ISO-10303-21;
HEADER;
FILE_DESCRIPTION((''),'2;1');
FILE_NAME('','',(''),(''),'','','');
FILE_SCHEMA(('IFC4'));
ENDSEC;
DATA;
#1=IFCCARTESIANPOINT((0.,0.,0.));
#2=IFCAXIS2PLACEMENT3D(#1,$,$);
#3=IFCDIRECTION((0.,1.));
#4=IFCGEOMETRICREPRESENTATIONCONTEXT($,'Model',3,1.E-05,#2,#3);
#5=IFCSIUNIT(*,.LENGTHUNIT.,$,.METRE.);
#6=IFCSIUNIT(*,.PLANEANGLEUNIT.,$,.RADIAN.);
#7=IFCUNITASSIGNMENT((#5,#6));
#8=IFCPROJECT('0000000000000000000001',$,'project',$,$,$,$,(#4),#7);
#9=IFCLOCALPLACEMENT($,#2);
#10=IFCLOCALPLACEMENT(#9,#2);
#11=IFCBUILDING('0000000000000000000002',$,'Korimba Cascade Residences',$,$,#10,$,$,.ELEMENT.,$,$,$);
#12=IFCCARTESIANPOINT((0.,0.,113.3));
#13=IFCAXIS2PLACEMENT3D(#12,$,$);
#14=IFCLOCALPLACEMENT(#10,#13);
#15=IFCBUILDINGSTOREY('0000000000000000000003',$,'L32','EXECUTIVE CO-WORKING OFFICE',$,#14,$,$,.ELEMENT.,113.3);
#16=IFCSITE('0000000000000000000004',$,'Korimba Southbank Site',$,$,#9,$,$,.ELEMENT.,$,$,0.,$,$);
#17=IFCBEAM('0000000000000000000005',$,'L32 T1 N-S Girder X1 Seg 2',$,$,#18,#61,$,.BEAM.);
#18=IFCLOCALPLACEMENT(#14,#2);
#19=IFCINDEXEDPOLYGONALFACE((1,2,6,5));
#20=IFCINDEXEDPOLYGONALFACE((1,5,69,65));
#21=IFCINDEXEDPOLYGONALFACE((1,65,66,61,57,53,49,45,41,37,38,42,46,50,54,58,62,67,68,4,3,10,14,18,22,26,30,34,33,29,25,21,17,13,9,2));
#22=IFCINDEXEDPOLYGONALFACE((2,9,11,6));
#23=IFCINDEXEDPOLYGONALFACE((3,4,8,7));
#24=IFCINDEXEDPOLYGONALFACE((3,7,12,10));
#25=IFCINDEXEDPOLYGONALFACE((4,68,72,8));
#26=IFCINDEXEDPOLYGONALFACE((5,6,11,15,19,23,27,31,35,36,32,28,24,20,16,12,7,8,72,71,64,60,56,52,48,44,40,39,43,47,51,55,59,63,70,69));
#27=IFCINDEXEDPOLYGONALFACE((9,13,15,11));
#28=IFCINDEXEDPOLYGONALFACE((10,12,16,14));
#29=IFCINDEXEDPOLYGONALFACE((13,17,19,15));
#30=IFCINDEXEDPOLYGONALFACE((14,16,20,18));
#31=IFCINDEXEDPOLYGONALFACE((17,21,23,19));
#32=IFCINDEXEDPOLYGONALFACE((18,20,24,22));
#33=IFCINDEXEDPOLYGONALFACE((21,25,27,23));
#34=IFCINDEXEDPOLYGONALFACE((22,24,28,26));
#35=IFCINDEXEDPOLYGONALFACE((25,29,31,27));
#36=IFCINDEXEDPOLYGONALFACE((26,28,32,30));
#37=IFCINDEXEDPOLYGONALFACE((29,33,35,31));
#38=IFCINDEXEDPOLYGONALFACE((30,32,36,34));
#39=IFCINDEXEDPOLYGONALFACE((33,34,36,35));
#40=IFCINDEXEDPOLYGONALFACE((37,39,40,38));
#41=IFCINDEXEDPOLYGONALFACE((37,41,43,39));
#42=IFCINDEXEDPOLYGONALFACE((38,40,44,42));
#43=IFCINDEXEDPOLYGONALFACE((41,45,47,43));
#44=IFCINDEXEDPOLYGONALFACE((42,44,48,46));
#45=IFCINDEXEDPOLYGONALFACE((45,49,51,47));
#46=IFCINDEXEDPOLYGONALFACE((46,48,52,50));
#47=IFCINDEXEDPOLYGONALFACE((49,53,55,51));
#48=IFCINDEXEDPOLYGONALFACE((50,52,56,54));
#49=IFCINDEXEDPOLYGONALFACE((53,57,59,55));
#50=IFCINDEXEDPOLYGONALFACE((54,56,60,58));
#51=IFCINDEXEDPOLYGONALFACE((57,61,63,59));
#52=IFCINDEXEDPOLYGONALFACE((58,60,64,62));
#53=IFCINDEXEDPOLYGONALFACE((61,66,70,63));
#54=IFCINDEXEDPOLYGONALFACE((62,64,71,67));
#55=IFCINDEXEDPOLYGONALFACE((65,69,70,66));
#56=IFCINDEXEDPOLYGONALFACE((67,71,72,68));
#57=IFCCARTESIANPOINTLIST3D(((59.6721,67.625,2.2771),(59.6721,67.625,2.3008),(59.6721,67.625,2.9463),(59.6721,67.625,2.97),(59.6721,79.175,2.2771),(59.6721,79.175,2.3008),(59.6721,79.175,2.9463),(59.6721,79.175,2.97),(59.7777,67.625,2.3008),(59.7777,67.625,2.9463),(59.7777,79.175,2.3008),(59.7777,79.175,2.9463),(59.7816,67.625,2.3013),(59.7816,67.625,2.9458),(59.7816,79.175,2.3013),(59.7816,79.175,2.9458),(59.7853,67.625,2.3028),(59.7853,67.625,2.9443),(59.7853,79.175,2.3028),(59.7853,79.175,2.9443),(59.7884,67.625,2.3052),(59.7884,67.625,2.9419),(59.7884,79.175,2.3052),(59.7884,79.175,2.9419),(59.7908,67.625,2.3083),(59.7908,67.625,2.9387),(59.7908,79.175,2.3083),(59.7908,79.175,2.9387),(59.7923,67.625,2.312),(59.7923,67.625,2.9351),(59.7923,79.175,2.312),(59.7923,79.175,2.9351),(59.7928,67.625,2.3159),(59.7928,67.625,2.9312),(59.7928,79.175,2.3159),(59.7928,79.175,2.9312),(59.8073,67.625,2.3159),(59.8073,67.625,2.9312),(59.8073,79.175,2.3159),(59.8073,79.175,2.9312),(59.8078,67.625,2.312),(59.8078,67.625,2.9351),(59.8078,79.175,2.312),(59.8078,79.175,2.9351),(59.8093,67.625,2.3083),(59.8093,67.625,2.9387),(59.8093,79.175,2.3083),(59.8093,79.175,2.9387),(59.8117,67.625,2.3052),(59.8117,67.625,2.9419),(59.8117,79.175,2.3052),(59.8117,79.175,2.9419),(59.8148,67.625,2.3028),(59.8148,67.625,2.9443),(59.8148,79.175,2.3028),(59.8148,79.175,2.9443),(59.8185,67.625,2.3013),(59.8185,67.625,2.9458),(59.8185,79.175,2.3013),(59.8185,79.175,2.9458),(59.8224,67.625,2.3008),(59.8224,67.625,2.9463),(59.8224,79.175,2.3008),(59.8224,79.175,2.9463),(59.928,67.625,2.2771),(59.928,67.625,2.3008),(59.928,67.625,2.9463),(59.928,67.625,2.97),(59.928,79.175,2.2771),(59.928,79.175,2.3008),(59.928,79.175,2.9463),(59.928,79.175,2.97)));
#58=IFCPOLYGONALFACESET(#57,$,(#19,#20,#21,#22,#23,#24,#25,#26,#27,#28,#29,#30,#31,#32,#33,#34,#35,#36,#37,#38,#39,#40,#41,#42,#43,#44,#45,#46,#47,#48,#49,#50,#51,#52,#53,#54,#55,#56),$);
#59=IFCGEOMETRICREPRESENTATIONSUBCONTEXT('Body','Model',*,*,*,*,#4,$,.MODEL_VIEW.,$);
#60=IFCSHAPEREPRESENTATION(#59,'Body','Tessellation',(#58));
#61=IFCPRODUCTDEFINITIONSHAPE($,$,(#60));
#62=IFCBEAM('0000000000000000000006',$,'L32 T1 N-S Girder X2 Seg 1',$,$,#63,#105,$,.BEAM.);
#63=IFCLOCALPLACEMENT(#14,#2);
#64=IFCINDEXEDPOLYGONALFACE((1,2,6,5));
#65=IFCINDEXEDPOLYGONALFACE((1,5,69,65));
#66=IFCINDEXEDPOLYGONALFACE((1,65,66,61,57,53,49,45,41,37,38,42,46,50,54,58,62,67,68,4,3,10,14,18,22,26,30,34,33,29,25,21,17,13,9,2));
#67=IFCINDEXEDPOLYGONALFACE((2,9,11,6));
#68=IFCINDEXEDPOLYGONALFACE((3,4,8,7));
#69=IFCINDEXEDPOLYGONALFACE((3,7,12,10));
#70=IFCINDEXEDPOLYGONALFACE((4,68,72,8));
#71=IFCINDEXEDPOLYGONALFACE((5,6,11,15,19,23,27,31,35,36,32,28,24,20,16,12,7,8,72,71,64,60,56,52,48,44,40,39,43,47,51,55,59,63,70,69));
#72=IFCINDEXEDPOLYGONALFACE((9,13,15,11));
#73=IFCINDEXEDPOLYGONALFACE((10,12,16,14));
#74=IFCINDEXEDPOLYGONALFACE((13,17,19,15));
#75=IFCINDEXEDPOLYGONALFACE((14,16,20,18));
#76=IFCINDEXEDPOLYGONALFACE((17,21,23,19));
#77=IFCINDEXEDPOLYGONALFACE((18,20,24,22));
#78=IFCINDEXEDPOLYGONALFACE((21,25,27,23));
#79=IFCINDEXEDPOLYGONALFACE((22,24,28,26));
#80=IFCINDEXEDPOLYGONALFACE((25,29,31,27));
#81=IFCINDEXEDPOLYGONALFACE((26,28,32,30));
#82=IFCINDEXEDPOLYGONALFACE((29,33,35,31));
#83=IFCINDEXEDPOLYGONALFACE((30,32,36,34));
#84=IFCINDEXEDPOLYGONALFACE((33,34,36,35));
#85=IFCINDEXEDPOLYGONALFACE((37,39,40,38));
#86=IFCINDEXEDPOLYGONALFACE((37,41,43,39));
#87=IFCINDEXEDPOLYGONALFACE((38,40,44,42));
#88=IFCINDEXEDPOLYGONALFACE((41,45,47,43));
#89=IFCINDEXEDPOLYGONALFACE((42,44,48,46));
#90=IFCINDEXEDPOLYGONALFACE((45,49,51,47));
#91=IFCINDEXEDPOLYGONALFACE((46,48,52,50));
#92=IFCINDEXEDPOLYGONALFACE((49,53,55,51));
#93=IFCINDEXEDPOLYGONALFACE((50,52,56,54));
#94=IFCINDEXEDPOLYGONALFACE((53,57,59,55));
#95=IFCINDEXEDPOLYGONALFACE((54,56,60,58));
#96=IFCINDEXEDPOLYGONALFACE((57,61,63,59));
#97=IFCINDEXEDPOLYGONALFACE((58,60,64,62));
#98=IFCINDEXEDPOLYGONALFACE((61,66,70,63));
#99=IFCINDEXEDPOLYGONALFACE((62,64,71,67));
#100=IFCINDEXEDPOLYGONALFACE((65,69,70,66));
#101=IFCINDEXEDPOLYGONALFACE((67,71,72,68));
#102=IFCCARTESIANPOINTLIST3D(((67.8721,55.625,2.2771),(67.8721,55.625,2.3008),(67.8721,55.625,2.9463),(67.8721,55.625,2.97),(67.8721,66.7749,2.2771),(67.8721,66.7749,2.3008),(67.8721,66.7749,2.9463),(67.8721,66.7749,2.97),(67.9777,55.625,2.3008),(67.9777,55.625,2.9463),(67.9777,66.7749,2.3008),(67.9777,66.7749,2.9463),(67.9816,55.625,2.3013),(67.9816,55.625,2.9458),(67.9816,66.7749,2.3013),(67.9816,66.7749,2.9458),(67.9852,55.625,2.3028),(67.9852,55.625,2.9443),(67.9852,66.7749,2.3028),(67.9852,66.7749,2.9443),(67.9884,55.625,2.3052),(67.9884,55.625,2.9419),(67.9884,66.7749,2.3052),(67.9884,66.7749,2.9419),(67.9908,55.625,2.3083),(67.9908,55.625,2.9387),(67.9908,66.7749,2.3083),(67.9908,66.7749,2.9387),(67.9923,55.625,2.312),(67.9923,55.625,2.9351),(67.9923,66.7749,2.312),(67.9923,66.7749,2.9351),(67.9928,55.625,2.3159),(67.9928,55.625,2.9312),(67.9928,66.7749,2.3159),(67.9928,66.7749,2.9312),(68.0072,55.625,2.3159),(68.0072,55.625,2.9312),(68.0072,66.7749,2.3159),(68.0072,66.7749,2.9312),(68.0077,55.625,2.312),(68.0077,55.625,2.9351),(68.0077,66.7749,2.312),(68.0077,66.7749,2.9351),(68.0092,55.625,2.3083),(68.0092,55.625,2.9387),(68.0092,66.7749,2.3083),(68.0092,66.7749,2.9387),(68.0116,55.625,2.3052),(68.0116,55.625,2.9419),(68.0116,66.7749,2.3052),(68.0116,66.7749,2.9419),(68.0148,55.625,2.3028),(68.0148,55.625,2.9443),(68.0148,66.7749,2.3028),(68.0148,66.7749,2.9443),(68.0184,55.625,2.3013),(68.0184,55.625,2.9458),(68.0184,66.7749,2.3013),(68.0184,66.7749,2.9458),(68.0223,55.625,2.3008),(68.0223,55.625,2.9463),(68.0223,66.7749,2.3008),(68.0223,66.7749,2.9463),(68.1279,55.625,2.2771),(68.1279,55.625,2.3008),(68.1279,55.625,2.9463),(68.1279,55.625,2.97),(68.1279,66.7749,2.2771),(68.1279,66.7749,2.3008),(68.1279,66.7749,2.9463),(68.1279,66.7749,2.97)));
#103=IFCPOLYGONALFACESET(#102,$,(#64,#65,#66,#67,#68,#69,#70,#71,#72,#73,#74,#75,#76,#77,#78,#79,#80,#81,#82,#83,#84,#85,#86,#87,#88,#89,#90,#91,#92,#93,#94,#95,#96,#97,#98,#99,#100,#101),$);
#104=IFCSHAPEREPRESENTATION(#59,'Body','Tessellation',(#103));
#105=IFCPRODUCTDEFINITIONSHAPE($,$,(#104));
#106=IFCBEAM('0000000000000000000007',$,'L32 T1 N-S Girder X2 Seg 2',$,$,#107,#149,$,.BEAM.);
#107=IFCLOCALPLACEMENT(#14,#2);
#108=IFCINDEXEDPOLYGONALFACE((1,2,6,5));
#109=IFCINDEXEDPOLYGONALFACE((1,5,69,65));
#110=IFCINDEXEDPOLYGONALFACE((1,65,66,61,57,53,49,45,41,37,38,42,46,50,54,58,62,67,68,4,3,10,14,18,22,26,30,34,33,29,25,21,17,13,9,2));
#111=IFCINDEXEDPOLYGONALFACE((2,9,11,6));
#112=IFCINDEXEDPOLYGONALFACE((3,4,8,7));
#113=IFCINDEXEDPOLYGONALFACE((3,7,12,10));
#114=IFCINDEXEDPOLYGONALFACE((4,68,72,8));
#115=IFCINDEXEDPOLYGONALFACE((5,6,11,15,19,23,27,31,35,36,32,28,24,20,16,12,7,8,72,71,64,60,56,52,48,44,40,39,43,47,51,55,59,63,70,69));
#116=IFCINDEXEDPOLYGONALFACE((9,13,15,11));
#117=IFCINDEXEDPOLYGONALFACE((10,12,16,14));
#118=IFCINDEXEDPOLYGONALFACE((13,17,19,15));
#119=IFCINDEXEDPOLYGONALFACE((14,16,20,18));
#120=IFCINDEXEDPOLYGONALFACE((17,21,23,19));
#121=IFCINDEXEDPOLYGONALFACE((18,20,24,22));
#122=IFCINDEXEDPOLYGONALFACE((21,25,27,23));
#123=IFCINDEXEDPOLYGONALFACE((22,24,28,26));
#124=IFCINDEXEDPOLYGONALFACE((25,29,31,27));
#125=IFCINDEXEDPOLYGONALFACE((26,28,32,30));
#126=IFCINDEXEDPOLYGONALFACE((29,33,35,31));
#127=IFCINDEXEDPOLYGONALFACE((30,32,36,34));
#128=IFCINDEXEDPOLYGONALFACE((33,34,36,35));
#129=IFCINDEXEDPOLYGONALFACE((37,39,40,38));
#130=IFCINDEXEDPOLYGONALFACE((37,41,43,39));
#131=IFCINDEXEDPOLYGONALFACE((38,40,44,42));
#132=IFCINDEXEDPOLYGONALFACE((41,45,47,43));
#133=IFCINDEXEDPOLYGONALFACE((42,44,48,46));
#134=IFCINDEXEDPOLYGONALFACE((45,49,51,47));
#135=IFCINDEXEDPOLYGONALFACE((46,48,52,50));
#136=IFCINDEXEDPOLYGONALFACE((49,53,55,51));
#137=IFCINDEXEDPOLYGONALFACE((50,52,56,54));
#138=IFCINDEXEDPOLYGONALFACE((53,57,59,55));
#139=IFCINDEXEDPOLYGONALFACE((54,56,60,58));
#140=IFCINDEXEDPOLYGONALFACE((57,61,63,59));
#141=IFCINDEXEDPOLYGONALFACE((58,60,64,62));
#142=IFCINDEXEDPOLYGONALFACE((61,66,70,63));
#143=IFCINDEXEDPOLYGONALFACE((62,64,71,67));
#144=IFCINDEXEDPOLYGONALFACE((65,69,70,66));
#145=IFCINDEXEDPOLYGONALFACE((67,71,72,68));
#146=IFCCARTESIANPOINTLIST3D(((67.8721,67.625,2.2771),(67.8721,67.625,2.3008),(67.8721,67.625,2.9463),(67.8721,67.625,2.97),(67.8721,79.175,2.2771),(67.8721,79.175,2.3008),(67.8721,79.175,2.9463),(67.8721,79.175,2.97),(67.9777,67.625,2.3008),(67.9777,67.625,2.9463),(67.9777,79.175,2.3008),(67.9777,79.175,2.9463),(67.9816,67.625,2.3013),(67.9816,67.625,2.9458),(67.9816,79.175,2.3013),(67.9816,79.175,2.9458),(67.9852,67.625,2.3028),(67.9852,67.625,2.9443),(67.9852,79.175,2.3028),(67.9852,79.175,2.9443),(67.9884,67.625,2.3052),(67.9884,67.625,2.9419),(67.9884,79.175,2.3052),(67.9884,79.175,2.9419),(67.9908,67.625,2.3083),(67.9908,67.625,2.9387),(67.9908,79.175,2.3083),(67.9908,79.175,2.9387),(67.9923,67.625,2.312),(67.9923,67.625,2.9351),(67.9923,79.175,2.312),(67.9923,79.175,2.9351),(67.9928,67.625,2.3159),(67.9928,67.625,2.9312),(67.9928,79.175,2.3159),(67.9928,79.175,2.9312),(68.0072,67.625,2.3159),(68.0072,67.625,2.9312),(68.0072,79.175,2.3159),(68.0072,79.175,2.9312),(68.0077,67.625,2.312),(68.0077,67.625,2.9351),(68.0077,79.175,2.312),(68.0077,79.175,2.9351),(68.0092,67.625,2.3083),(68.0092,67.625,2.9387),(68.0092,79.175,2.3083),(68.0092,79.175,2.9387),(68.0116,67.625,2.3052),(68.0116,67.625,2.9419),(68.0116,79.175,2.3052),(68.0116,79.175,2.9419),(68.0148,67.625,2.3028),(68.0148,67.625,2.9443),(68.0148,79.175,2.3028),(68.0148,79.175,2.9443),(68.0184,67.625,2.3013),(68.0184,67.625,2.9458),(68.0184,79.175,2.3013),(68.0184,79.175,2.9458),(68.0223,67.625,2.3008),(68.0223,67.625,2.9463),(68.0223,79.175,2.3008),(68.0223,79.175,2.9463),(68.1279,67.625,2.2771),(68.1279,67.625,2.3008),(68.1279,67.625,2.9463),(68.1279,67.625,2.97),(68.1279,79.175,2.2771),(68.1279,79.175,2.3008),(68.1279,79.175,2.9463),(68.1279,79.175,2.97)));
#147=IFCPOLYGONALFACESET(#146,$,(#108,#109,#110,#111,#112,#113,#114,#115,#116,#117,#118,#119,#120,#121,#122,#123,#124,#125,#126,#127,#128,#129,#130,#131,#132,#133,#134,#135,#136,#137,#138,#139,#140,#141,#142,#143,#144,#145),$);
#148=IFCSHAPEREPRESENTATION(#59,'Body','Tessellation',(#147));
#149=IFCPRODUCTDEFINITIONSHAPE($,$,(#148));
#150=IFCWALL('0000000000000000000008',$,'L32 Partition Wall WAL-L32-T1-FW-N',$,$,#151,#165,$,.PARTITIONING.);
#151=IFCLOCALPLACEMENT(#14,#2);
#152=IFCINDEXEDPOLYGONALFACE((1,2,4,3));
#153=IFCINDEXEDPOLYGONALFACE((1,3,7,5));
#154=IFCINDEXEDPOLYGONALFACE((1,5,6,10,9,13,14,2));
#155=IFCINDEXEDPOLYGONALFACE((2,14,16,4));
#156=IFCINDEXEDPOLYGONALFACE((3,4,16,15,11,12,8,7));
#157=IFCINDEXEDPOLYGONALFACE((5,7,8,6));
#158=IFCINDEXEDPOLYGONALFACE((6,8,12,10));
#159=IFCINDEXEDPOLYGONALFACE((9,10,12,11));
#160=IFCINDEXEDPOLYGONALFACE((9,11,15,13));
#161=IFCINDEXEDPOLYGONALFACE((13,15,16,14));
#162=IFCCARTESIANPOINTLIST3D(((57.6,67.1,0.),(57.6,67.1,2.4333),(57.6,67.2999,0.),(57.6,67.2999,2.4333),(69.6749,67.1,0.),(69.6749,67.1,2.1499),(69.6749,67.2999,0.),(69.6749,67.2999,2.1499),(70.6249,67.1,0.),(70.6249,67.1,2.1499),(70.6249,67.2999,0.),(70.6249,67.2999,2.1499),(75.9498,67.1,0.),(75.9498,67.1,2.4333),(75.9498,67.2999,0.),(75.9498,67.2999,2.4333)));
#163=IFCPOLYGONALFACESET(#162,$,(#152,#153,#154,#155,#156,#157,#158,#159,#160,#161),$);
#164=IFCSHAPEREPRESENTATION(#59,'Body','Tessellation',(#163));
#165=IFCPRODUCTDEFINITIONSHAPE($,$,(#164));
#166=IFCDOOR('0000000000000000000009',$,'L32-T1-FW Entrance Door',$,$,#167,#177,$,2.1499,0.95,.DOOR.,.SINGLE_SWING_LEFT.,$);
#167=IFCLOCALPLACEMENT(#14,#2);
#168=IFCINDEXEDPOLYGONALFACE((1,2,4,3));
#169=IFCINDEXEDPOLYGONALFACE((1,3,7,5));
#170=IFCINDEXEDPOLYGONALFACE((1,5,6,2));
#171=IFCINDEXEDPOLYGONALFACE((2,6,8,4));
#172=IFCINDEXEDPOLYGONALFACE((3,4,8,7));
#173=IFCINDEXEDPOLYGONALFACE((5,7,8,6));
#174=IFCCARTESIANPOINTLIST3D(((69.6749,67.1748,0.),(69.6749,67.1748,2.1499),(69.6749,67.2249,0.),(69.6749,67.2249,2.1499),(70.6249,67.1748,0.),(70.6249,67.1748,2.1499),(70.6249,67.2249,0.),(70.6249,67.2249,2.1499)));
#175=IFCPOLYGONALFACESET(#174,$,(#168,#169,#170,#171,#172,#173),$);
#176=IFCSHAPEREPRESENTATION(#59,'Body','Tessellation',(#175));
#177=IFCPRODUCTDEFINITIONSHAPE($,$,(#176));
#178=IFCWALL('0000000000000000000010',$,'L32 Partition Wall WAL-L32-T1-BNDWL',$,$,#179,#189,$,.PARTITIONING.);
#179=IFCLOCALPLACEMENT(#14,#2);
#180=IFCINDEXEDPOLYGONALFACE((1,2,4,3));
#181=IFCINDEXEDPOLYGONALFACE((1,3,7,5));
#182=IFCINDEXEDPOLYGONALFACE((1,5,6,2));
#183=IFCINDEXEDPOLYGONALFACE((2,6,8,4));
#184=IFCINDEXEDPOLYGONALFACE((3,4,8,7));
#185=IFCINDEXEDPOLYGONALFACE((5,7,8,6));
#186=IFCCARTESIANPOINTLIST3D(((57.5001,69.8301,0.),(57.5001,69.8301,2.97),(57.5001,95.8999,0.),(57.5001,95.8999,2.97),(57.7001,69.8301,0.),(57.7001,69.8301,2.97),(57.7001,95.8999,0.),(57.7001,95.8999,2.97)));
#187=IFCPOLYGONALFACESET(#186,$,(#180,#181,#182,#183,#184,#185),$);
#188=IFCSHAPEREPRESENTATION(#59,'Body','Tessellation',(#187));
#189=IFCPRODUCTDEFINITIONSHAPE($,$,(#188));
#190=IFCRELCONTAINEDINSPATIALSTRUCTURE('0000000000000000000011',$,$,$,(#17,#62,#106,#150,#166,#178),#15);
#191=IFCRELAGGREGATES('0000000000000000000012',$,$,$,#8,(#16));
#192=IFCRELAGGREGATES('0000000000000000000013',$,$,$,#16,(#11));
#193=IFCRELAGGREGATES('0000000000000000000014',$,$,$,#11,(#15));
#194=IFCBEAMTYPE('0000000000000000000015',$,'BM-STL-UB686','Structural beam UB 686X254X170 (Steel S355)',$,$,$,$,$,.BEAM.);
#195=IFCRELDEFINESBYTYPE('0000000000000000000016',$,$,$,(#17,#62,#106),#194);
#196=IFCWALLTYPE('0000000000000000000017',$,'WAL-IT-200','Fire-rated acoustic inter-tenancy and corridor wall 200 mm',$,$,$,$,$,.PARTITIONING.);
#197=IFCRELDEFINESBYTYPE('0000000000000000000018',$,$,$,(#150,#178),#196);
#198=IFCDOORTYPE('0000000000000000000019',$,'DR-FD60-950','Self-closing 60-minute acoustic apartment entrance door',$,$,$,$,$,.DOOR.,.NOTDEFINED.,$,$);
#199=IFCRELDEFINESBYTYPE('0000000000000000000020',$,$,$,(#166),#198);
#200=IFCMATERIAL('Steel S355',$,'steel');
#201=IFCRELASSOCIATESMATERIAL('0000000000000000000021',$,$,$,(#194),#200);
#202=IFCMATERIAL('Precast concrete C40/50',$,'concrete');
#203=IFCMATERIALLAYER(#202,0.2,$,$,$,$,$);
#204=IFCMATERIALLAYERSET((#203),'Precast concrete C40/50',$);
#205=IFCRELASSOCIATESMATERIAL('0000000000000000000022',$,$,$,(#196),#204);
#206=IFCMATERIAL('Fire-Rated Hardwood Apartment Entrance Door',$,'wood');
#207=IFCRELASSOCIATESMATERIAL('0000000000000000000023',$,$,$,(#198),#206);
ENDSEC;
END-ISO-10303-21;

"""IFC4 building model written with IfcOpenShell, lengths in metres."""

from ifc_helpers import new_model, si_unit, direction, frame, frame_2d, origin, origin_2d, place, context, subcontext, project, spatial, rectangle, i_section, extrude, material, layer, layer_set, material_profile, profile_set, type_object, element, fill, save


model = new_model("IFC4")

# Units and contexts
model_context = context("Model", 3, precision=1e-05, world=origin(), true_north=direction((0.0, 1.0)))
body_context = subcontext(model_context, "Body", "Model", "MODEL_VIEW")
ifc_project = project(units=[si_unit("LENGTHUNIT", "METRE"), si_unit("PLANEANGLEUNIT", "RADIAN")], contexts=[model_context])

# Site, building, storey
site_placement = place(None, origin())
site = spatial("IfcSite", under=ifc_project, at=site_placement, Name="Korimba Southbank Site", CompositionType="ELEMENT", RefElevation=0.0)
building_placement = place(site_placement, origin())
building = spatial("IfcBuilding", under=site, at=building_placement, Name="Korimba Cascade Residences", CompositionType="ELEMENT")
storey_placement = place(building_placement, frame((0.0, 0.0, 113.3)))
storey = spatial("IfcBuildingStorey", under=building, at=storey_placement, Name="L32", Description="EXECUTIVE CO-WORKING OFFICE", CompositionType="ELEMENT", Elevation=113.3)

# Beams
ifc_material_1 = material(Name="Steel S355", Category="steel")
ifc_material_profile_1 = material_profile(ifc_material_1, i_section(OverallWidth=0.2559, OverallDepth=0.6929, WebThickness=0.0144, FlangeThickness=0.0237, FilletRadius=0.0151, at=origin_2d()), Name="Steel S355")
ifc_profile_set_1 = profile_set([ifc_material_profile_1], Name="Steel S355")
beam_type_1 = type_object("IfcBeamType", Name="BM-STL-UB686", Description="Structural beam UB 686X254X170 (Steel S355)", PredefinedType="BEAM", material=ifc_profile_set_1)
beam_1_placement = place(storey_placement, frame((59.8, 67.625, 2.6235), z_axis=(0.0, 1.0, 0.0), x_axis=(-1.0, 0.0, 0.0)))
element("IfcBeam", 1, at=beam_1_placement, inside=storey, type_object=beam_type_1, Name="L32 T1 N-S Girder X1 Seg 2", PredefinedType="BEAM", context=body_context, shape_type="SweptSolid", body=[
    extrude(i_section(OverallWidth=0.2559, OverallDepth=0.6929, WebThickness=0.0144, FlangeThickness=0.0237, FilletRadius=0.0151, at=origin_2d()), origin(), (0.0, 0.0, 1.0), 11.55),
])
beam_2_placement = place(storey_placement, frame((68.0, 55.625, 2.6235), z_axis=(0.0, 1.0, 0.0), x_axis=(-1.0, 0.0, 0.0)))
element("IfcBeam", 2, at=beam_2_placement, inside=storey, type_object=beam_type_1, Name="L32 T1 N-S Girder X2 Seg 1", PredefinedType="BEAM", context=body_context, shape_type="SweptSolid", body=[
    extrude(i_section(OverallWidth=0.2559, OverallDepth=0.6929, WebThickness=0.0144, FlangeThickness=0.0237, FilletRadius=0.0151, at=origin_2d()), origin(), (0.0, 0.0, 1.0), 11.1499),
])
beam_3_placement = place(storey_placement, frame((68.0, 67.625, 2.6235), z_axis=(0.0, 1.0, 0.0), x_axis=(-1.0, 0.0, 0.0)))
element("IfcBeam", 3, at=beam_3_placement, inside=storey, type_object=beam_type_1, Name="L32 T1 N-S Girder X2 Seg 2", PredefinedType="BEAM", context=body_context, shape_type="SweptSolid", body=[
    extrude(i_section(OverallWidth=0.2559, OverallDepth=0.6929, WebThickness=0.0144, FlangeThickness=0.0237, FilletRadius=0.0151, at=origin_2d()), origin(), (0.0, 0.0, 1.0), 11.55),
])

# Wall, opening, door
ifc_material_2 = material(Name="Precast concrete C40/50", Category="concrete")
ifc_layer_1 = layer(ifc_material_2, 0.2)
ifc_layer_set_1 = layer_set([ifc_layer_1], Name="Precast concrete C40/50")
wall_type_1 = type_object("IfcWallType", Name="WAL-IT-200", Description="Fire-rated acoustic inter-tenancy and corridor wall 200 mm", PredefinedType="PARTITIONING", material=ifc_layer_set_1)
wall_1_placement = place(storey_placement, frame((57.6001, 67.2, 0.0), z_axis=(0.0, 0.0, 1.0), x_axis=(1.0, 0.0, 0.0)))
wall_1 = element("IfcWall", 4, at=wall_1_placement, inside=storey, type_object=wall_type_1, Name="L32 Partition Wall WAL-L32-T1-FW-N", PredefinedType="PARTITIONING", context=body_context, shape_type="SweptSolid", body=[
    extrude(rectangle(XDim=18.3499, YDim=0.2, at=frame_2d((9.1748, 0.0))), origin(), (0.0, 0.0, 1.0), 2.4333),
])
opening_1_placement = place(wall_1_placement, frame((12.0747, 0.0, 0.0)))
opening_1 = element("IfcOpeningElement", 5, at=opening_1_placement, cuts=wall_1, PredefinedType="OPENING", context=body_context, shape_type="SweptSolid", body=[
    extrude(rectangle(XDim=0.95, YDim=2.1499, at=frame_2d((0.4751, 1.075))), frame((0.0, 0.1099, 0.0), z_axis=(0.0, -1.0, 0.0), x_axis=(1.0, 0.0, 0.0)), (0.0, 0.0, 1.0), 0.22),
])
ifc_material_3 = material(Name="Fire-Rated Hardwood Apartment Entrance Door", Category="wood")
door_type_1 = type_object("IfcDoorType", Name="DR-FD60-950", Description="Self-closing 60-minute acoustic apartment entrance door", OperationType="NOTDEFINED", PredefinedType="DOOR", material=ifc_material_3)
door_1_placement = place(opening_1_placement, origin())
door_1 = element("IfcDoor", 6, at=door_1_placement, inside=storey, type_object=door_type_1, Name="L32-T1-FW Entrance Door", OperationType="SINGLE_SWING_LEFT", OverallHeight=2.1499, OverallWidth=0.95, PredefinedType="DOOR", context=body_context, shape_type="SweptSolid", body=[
    extrude(rectangle(XDim=0.95, YDim=2.1499, at=frame_2d((0.4751, 1.075))), frame((0.0, 0.0249, 0.0), z_axis=(0.0, -1.0, 0.0), x_axis=(1.0, 0.0, 0.0)), (0.0, 0.0, 1.0), 0.05),
])
fill(opening_1, door_1)

# Wall
wall_2_placement = place(storey_placement, frame((57.6001, 69.8301, 0.0), z_axis=(0.0, 0.0, 1.0), x_axis=(0.0, 1.0, 0.0)))
element("IfcWall", 7, at=wall_2_placement, inside=storey, type_object=wall_type_1, Name="L32 Partition Wall WAL-L32-T1-BNDWL", PredefinedType="PARTITIONING", context=body_context, shape_type="SweptSolid", body=[
    extrude(rectangle(XDim=26.0698, YDim=0.2, at=frame_2d((13.0349, 0.0))), origin(), (0.0, 0.0, 1.0), 2.97),
])

save(model, "model.ifc")
